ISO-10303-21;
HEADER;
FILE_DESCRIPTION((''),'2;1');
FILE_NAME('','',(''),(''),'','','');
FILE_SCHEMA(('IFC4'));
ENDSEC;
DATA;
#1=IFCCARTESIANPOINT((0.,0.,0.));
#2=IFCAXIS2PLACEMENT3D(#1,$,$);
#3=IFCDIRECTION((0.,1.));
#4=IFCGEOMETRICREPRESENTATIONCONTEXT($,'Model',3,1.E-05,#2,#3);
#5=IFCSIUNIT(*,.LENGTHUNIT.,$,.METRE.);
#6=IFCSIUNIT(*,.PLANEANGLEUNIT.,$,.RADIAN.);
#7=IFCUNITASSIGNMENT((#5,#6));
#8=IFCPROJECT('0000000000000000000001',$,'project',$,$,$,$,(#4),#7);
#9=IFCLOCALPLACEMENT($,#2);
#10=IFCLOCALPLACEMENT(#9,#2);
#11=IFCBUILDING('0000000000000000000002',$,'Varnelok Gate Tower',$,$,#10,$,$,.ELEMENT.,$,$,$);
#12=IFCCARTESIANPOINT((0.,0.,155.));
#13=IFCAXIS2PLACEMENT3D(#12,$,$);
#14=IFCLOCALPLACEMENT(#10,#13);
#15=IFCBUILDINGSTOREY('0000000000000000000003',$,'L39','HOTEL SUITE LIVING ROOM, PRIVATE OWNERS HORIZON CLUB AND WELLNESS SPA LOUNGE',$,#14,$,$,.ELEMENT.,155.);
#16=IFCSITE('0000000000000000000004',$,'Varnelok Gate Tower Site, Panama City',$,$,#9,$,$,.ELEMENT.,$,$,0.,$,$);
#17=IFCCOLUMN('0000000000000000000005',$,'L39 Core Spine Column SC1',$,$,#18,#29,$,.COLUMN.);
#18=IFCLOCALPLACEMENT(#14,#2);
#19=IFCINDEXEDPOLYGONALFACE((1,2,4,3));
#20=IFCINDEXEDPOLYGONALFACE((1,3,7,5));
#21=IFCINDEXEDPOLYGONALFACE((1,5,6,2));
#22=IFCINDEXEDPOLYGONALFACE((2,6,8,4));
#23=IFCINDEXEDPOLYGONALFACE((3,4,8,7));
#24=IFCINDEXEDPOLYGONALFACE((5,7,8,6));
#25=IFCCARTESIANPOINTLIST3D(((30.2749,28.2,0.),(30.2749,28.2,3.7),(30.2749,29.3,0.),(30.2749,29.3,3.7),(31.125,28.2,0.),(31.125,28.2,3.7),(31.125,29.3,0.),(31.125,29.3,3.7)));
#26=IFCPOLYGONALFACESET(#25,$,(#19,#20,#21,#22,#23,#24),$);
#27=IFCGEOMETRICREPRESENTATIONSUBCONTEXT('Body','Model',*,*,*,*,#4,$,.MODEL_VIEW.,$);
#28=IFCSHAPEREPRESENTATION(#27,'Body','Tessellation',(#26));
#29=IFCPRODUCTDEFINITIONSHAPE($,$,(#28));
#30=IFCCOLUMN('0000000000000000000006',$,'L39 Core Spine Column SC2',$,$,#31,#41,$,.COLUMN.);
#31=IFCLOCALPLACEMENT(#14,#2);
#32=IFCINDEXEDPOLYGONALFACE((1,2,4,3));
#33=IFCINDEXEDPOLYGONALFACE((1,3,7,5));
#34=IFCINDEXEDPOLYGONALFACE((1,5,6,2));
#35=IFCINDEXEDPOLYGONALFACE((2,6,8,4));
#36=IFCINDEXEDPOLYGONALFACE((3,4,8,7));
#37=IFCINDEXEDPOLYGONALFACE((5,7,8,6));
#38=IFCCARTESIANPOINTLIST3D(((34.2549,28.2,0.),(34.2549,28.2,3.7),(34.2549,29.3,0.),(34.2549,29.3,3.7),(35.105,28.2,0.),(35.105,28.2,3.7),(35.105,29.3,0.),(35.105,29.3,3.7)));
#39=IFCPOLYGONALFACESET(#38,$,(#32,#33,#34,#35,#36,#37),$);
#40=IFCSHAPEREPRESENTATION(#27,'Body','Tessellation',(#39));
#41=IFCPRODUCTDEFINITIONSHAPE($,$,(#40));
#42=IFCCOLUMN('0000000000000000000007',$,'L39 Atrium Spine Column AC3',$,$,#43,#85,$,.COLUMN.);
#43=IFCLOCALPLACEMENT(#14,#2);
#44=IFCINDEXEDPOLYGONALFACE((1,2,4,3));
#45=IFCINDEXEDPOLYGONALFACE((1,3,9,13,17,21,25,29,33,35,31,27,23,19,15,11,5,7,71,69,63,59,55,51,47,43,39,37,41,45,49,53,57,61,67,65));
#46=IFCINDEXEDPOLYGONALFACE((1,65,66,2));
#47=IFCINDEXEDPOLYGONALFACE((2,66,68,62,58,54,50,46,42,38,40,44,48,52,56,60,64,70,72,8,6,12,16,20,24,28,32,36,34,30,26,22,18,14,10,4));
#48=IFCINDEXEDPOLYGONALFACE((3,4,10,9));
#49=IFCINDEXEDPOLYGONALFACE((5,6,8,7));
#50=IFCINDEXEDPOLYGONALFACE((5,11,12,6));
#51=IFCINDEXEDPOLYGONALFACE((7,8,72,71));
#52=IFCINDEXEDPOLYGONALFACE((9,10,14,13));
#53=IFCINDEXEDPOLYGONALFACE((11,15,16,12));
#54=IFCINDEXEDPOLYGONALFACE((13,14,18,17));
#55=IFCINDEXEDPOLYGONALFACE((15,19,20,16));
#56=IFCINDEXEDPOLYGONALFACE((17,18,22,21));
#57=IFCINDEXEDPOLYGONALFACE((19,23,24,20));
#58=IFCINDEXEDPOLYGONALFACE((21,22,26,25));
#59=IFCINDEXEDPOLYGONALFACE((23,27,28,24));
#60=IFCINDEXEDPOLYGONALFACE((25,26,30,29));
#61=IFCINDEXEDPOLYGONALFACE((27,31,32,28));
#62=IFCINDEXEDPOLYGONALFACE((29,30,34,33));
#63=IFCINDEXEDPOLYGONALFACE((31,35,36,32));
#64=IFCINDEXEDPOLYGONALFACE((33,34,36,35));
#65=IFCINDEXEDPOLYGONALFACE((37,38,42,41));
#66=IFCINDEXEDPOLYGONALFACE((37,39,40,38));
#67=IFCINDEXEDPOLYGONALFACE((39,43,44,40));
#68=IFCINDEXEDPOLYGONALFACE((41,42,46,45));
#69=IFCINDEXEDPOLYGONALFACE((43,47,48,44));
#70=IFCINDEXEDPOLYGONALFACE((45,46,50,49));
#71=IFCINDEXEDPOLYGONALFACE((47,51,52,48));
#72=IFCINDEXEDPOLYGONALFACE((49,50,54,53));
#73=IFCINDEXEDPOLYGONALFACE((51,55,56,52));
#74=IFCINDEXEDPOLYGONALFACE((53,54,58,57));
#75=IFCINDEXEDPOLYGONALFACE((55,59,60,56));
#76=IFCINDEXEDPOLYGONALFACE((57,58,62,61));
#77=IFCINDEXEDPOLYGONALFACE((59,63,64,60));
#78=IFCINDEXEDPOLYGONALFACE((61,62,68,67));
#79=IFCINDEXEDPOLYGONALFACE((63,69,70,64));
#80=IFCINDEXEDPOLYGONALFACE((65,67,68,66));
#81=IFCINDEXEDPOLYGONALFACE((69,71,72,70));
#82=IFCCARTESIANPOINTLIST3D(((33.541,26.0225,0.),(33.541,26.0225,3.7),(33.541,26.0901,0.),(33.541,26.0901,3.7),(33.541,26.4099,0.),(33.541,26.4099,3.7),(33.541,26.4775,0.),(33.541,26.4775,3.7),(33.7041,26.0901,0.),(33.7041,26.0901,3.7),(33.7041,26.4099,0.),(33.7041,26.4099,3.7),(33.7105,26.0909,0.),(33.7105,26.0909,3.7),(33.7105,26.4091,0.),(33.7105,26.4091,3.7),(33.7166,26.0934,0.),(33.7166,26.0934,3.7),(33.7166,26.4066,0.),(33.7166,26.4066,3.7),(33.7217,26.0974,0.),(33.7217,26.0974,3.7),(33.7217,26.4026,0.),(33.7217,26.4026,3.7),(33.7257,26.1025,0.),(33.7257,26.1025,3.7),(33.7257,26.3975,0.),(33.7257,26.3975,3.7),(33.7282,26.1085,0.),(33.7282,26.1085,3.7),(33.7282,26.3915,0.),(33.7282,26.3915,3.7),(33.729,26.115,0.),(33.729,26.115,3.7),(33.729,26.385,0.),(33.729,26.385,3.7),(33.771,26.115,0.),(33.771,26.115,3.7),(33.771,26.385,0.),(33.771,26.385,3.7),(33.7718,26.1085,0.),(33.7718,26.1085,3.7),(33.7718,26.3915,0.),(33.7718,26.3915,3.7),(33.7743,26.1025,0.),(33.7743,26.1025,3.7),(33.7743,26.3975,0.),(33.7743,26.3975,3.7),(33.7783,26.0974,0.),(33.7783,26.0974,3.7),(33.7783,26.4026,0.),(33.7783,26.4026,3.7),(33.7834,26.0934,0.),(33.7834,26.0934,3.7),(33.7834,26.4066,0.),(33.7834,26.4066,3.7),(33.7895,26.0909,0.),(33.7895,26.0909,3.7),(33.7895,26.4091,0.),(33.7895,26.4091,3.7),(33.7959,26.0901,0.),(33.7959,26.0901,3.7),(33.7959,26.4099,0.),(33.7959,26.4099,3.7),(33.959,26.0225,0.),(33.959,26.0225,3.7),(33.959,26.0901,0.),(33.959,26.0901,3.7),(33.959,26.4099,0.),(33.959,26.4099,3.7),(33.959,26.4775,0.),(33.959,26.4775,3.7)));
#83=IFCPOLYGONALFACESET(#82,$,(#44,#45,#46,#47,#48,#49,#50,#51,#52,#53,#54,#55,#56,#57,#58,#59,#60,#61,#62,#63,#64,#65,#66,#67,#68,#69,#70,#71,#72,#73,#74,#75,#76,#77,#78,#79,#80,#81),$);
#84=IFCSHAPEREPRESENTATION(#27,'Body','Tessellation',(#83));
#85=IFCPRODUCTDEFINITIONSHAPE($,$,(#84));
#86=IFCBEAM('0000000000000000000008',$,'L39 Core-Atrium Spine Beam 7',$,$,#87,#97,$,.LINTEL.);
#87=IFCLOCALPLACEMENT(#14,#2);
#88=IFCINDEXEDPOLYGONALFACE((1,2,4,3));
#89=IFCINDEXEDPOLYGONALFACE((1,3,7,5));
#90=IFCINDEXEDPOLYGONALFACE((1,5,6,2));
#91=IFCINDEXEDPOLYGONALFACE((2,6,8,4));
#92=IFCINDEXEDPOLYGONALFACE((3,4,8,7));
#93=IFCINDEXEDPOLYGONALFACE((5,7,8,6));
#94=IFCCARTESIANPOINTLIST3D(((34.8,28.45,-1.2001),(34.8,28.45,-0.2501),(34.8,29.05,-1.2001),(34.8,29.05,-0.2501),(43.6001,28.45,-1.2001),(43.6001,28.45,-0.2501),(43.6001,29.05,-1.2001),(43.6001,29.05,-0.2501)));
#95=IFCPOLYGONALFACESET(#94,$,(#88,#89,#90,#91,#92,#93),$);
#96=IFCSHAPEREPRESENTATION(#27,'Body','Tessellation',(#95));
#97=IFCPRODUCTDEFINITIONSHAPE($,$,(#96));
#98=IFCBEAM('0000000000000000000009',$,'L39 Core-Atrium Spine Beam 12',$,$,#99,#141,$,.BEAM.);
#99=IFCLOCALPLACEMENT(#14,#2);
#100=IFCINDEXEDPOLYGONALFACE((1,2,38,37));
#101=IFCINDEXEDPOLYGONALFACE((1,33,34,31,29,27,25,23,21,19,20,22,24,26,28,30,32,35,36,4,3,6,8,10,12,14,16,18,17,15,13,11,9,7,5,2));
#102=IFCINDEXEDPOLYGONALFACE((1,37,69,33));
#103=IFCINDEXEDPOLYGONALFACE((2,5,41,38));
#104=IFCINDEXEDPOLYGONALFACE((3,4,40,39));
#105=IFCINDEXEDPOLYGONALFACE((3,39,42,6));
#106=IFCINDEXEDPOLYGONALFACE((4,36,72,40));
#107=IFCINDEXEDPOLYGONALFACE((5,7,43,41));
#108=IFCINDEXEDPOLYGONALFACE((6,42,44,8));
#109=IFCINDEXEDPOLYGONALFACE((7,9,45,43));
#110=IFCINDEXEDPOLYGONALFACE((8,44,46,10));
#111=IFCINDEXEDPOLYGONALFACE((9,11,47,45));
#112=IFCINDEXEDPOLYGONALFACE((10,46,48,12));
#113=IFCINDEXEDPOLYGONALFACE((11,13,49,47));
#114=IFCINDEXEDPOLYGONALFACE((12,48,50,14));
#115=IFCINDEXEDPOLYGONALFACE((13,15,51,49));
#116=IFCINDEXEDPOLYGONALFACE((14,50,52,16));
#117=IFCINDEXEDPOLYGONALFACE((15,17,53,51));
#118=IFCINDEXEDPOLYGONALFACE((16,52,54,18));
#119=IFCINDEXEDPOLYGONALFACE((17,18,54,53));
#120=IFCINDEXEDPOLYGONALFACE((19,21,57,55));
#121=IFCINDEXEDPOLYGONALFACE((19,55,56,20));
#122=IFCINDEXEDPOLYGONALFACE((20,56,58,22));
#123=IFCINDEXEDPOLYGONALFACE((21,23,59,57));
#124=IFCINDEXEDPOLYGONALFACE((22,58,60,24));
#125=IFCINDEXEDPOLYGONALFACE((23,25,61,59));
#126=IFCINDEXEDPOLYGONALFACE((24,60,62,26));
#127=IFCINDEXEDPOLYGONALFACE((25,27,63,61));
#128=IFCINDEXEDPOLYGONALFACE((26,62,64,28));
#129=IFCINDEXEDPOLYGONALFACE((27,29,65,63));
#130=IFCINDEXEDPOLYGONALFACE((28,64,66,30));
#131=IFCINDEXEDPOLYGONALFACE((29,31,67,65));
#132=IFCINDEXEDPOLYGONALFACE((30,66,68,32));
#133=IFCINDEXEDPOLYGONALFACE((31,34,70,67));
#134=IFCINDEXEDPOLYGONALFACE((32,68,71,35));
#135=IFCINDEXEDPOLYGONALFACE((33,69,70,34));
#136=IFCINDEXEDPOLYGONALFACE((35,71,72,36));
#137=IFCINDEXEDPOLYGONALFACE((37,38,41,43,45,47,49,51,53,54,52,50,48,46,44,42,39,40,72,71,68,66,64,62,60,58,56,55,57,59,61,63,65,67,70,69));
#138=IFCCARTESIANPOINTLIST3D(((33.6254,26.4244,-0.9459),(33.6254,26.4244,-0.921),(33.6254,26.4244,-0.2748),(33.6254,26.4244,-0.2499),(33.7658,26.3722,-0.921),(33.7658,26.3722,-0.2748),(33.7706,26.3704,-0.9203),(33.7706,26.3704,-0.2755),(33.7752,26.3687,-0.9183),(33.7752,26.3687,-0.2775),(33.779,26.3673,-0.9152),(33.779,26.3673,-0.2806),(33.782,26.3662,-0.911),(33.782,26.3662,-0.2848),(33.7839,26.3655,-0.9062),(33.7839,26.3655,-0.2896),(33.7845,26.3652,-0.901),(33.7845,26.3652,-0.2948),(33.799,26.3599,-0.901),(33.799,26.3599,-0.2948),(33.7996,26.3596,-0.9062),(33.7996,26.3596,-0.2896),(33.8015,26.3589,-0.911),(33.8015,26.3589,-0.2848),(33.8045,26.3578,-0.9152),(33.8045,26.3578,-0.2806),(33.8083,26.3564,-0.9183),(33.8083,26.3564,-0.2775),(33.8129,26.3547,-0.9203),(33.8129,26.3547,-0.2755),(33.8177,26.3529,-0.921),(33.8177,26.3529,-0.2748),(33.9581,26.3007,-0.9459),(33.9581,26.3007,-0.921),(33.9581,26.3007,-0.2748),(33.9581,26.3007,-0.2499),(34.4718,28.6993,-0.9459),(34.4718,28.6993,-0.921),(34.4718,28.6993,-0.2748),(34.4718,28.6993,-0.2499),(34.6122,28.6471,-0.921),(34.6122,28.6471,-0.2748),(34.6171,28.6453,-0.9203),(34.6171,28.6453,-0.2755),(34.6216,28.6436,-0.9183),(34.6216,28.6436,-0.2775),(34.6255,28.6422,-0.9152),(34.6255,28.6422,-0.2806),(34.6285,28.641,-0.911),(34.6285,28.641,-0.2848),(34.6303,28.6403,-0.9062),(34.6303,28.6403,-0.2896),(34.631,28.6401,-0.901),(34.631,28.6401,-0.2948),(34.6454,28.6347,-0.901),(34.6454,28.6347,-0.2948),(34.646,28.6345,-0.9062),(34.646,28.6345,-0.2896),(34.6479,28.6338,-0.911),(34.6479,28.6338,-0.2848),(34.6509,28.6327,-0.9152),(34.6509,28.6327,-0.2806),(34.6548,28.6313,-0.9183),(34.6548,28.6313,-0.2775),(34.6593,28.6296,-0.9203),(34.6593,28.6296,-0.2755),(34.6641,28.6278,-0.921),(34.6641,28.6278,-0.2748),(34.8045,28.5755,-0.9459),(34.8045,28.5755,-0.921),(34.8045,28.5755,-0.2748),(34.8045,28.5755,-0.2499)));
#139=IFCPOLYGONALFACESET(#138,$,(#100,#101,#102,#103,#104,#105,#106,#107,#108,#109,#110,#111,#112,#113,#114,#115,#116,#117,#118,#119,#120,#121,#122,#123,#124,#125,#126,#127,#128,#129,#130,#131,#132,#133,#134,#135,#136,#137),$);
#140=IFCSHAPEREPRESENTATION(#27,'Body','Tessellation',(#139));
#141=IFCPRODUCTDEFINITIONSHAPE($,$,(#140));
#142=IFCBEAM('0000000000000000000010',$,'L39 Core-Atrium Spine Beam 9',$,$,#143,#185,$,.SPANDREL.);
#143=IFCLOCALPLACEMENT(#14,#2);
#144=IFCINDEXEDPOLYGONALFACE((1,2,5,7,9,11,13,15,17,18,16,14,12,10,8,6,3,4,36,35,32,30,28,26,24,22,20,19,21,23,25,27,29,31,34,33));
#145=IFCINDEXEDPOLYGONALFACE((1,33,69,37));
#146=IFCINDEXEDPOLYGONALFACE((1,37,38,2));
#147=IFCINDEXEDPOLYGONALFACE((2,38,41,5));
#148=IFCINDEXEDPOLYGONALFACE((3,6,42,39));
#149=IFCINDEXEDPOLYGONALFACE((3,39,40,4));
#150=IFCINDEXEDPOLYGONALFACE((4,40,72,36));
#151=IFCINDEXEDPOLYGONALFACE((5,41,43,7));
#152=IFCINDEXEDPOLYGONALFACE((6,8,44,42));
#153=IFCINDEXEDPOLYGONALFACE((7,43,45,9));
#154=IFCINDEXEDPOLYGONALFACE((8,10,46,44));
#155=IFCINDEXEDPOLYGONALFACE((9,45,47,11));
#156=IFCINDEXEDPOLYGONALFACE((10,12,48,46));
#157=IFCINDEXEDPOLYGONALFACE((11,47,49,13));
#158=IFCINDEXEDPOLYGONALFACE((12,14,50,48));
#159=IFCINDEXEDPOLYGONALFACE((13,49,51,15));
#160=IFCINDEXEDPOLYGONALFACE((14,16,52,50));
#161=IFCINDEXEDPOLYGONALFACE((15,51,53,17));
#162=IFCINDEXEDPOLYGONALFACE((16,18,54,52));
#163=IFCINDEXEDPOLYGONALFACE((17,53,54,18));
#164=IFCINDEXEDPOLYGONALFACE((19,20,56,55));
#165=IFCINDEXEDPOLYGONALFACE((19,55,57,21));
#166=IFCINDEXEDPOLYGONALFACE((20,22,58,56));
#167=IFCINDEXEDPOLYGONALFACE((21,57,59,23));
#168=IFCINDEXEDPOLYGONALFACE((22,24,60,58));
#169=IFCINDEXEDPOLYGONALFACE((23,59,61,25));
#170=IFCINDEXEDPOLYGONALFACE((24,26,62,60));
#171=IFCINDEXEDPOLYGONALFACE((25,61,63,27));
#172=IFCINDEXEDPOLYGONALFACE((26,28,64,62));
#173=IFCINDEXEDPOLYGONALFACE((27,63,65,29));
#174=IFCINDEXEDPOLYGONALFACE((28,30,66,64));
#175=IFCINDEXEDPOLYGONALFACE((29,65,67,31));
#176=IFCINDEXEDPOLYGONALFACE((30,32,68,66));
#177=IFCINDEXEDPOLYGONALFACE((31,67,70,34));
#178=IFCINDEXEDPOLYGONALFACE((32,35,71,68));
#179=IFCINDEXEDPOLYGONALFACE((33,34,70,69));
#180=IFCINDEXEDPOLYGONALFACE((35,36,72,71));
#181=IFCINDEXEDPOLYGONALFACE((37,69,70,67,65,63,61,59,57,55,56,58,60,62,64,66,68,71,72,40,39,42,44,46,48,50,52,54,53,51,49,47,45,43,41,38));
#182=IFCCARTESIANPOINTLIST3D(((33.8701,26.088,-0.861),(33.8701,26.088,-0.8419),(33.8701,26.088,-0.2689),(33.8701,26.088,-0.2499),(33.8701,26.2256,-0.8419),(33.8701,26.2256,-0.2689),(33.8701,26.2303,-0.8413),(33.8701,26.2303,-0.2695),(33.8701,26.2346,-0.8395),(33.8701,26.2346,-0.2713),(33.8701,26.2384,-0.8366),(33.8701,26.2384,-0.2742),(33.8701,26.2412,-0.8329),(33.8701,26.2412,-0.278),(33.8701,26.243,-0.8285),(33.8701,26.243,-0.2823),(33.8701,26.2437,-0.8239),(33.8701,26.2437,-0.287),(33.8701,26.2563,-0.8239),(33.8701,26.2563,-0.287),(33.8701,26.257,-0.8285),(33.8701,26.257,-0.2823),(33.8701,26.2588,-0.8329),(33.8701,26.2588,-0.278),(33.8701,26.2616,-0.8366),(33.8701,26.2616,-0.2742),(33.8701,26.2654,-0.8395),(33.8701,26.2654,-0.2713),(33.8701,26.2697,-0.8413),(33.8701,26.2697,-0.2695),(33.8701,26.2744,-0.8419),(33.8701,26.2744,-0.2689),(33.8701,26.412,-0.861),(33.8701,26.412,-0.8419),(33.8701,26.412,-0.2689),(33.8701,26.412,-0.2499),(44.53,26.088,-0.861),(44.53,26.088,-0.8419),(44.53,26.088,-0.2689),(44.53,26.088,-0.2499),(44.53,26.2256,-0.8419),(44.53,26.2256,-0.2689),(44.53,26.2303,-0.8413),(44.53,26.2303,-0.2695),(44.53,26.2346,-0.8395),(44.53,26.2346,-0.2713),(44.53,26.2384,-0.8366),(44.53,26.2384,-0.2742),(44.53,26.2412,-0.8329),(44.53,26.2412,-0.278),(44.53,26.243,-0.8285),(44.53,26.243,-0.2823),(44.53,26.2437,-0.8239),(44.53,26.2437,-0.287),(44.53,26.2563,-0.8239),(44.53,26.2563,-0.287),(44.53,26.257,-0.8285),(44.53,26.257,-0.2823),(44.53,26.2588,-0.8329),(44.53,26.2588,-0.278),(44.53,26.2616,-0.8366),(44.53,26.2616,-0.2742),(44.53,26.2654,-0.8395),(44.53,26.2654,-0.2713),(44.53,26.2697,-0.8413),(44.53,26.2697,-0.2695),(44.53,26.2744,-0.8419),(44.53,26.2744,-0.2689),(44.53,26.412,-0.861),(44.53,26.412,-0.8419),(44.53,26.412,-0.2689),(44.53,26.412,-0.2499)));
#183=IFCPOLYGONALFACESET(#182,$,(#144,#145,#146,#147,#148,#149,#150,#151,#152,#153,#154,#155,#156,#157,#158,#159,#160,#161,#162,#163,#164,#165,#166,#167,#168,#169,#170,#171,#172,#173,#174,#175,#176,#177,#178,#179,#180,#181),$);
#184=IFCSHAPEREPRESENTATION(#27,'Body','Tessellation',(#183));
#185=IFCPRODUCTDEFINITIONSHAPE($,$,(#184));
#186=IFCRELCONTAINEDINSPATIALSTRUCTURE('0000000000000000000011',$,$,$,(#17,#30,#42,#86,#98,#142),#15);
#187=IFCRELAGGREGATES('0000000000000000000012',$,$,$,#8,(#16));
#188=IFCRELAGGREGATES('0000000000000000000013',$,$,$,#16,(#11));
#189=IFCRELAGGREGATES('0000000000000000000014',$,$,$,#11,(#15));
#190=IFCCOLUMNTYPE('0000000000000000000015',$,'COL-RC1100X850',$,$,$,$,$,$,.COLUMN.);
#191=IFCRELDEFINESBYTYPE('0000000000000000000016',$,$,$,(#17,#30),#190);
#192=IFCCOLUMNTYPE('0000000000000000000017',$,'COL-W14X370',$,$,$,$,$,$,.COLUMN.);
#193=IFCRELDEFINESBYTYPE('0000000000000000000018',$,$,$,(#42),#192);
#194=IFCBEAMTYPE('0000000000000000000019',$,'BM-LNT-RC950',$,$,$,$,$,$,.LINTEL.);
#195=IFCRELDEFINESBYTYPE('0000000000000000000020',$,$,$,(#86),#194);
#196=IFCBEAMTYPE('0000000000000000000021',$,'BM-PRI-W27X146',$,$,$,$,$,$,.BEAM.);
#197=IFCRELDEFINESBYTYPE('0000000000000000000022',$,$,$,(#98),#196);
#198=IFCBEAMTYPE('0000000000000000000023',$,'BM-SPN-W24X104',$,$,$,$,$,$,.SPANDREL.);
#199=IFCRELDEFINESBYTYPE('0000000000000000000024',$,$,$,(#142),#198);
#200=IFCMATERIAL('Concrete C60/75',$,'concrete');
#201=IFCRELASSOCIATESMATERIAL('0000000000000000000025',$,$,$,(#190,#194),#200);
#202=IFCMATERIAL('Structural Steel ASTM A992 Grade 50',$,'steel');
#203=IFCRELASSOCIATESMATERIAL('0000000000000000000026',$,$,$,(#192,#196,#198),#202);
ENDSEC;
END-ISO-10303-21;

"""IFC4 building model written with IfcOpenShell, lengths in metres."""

from ifc_helpers import new_model, si_unit, direction, frame, origin, origin_2d, place, context, subcontext, project, spatial, rectangle, i_section, extrude, material, material_profile, profile_set, type_object, element, save


model = new_model("IFC4")

# Units and contexts
model_context = context("Model", 3, precision=1e-05, world=origin(), true_north=direction((0.0, 1.0)))
body_context = subcontext(model_context, "Body", "Model", "MODEL_VIEW")
ifc_project = project(units=[si_unit("LENGTHUNIT", "METRE"), si_unit("PLANEANGLEUNIT", "RADIAN")], contexts=[model_context])

# Site, building, storey
site_placement = place(None, origin())
site = spatial("IfcSite", under=ifc_project, at=site_placement, Name="Varnelok Gate Tower Site, Panama City", CompositionType="ELEMENT", RefElevation=0.0)
building_placement = place(site_placement, origin())
building = spatial("IfcBuilding", under=site, at=building_placement, Name="Varnelok Gate Tower", CompositionType="ELEMENT")
storey_placement = place(building_placement, frame((0.0, 0.0, 155.0)))
storey = spatial("IfcBuildingStorey", under=building, at=storey_placement, Name="L39", Description="HOTEL SUITE LIVING ROOM, PRIVATE OWNERS HORIZON CLUB AND WELLNESS SPA LOUNGE", CompositionType="ELEMENT", Elevation=155.0)

# Columns
ifc_material_1 = material(Name="Concrete C60/75", Category="concrete")
ifc_material_profile_1 = material_profile(ifc_material_1, rectangle(XDim=0.8501, YDim=1.1001, at=origin_2d()), Name="RC1100X850")
ifc_profile_set_1 = profile_set([ifc_material_profile_1], Name="Concrete C60/75")
column_type_1 = type_object("IfcColumnType", Name="COL-RC1100X850", PredefinedType="COLUMN", material=ifc_profile_set_1)
for number, where, z_axis, x_axis, name in (
    (1, (30.7, 28.75, 0.0), (0.0, 0.0, 1.0), (1.0, 0.0, 0.0), "L39 Core Spine Column SC1"),
    (2, (34.6799, 28.75, 0.0), (0.0, 0.0, 1.0), (1.0, 0.0, 0.0), "L39 Core Spine Column SC2"),
):
    element("IfcColumn", number, at=place(storey_placement, frame(where, z_axis=z_axis, x_axis=x_axis)), inside=storey, type_object=column_type_1, Name=name, PredefinedType="COLUMN", context=body_context, shape_type="SweptSolid", body=[
        extrude(rectangle(XDim=0.8501, YDim=1.1001, at=origin_2d()), origin(), (0.0, 0.0, 1.0), 3.7),
    ])
ifc_material_2 = material(Name="Structural Steel ASTM A992 Grade 50", Category="steel")
ifc_material_profile_2 = material_profile(ifc_material_2, i_section(OverallWidth=0.418, OverallDepth=0.4551, WebThickness=0.042, FlangeThickness=0.0676, FilletRadius=0.0249, at=origin_2d()), Name="W14X370")
ifc_profile_set_2 = profile_set([ifc_material_profile_2], Name="Structural Steel ASTM A992 Grade 50")
column_type_2 = type_object("IfcColumnType", Name="COL-W14X370", PredefinedType="COLUMN", material=ifc_profile_set_2)
column_placement = place(storey_placement, frame((33.75, 26.25, 0.0), z_axis=(0.0, 0.0, 1.0), x_axis=(1.0, 0.0, 0.0)))
element("IfcColumn", 3, at=column_placement, inside=storey, type_object=column_type_2, Name="L39 Atrium Spine Column AC3", PredefinedType="COLUMN", context=body_context, shape_type="SweptSolid", body=[
    extrude(i_section(OverallWidth=0.418, OverallDepth=0.4551, WebThickness=0.042, FlangeThickness=0.0676, FilletRadius=0.0249, at=origin_2d()), origin(), (0.0, 0.0, 1.0), 3.7),
])

# Beams
ifc_material_profile_3 = material_profile(ifc_material_1, rectangle(XDim=0.6001, YDim=0.95, at=origin_2d()), Name="RC950X600")
ifc_profile_set_3 = profile_set([ifc_material_profile_3], Name="Concrete C60/75")
beam_type_1 = type_object("IfcBeamType", Name="BM-LNT-RC950", PredefinedType="LINTEL", material=ifc_profile_set_3)
beam_1_placement = place(storey_placement, frame((34.8, 28.75, -0.7251), z_axis=(1.0, 0.0, 0.0), x_axis=(0.0, 1.0, 0.0)))
element("IfcBeam", 4, at=beam_1_placement, inside=storey, type_object=beam_type_1, Name="L39 Core-Atrium Spine Beam 7", PredefinedType="LINTEL", context=body_context, shape_type="SweptSolid", body=[
    extrude(rectangle(XDim=0.6001, YDim=0.95, at=origin_2d()), origin(), (0.0, 0.0, 1.0), 8.8),
])
ifc_material_profile_4 = material_profile(ifc_material_2, i_section(OverallWidth=0.355, OverallDepth=0.696, WebThickness=0.0154, FlangeThickness=0.0249, FilletRadius=0.02, at=origin_2d()), Name="W27X146")
ifc_profile_set_4 = profile_set([ifc_material_profile_4], Name="Structural Steel ASTM A992 Grade 50")
beam_type_2 = type_object("IfcBeamType", Name="BM-PRI-W27X146", PredefinedType="BEAM", material=ifc_profile_set_4)
beam_2_placement = place(storey_placement, frame((33.7917, 26.3625, -0.5979), z_axis=(0.348719, 0.937227, 0.0), x_axis=(-0.937227, 0.348719, 0.0)))
element("IfcBeam", 5, at=beam_2_placement, inside=storey, type_object=beam_type_2, Name="L39 Core-Atrium Spine Beam 12", PredefinedType="BEAM", context=body_context, shape_type="SweptSolid", body=[
    extrude(i_section(OverallWidth=0.355, OverallDepth=0.696, WebThickness=0.0154, FlangeThickness=0.0249, FilletRadius=0.02, at=origin_2d()), origin(), (0.0, 0.0, 1.0), 2.4272),
])
ifc_material_profile_5 = material_profile(ifc_material_2, i_section(OverallWidth=0.324, OverallDepth=0.6111, WebThickness=0.0127, FlangeThickness=0.019, FilletRadius=0.0181, at=origin_2d()), Name="W24X104")
ifc_profile_set_5 = profile_set([ifc_material_profile_5], Name="Structural Steel ASTM A992 Grade 50")
beam_type_3 = type_object("IfcBeamType", Name="BM-SPN-W24X104", PredefinedType="SPANDREL", material=ifc_profile_set_5)
beam_3_placement = place(storey_placement, frame((33.8701, 26.25, -0.5554), z_axis=(1.0, 0.0, 0.0), x_axis=(0.0, 1.0, 0.0)))
element("IfcBeam", 6, at=beam_3_placement, inside=storey, type_object=beam_type_3, Name="L39 Core-Atrium Spine Beam 9", PredefinedType="SPANDREL", context=body_context, shape_type="SweptSolid", body=[
    extrude(i_section(OverallWidth=0.324, OverallDepth=0.6111, WebThickness=0.0127, FlangeThickness=0.019, FilletRadius=0.0181, at=origin_2d()), origin(), (0.0, 0.0, 1.0), 10.6599),
])

save(model, "model.ifc")
